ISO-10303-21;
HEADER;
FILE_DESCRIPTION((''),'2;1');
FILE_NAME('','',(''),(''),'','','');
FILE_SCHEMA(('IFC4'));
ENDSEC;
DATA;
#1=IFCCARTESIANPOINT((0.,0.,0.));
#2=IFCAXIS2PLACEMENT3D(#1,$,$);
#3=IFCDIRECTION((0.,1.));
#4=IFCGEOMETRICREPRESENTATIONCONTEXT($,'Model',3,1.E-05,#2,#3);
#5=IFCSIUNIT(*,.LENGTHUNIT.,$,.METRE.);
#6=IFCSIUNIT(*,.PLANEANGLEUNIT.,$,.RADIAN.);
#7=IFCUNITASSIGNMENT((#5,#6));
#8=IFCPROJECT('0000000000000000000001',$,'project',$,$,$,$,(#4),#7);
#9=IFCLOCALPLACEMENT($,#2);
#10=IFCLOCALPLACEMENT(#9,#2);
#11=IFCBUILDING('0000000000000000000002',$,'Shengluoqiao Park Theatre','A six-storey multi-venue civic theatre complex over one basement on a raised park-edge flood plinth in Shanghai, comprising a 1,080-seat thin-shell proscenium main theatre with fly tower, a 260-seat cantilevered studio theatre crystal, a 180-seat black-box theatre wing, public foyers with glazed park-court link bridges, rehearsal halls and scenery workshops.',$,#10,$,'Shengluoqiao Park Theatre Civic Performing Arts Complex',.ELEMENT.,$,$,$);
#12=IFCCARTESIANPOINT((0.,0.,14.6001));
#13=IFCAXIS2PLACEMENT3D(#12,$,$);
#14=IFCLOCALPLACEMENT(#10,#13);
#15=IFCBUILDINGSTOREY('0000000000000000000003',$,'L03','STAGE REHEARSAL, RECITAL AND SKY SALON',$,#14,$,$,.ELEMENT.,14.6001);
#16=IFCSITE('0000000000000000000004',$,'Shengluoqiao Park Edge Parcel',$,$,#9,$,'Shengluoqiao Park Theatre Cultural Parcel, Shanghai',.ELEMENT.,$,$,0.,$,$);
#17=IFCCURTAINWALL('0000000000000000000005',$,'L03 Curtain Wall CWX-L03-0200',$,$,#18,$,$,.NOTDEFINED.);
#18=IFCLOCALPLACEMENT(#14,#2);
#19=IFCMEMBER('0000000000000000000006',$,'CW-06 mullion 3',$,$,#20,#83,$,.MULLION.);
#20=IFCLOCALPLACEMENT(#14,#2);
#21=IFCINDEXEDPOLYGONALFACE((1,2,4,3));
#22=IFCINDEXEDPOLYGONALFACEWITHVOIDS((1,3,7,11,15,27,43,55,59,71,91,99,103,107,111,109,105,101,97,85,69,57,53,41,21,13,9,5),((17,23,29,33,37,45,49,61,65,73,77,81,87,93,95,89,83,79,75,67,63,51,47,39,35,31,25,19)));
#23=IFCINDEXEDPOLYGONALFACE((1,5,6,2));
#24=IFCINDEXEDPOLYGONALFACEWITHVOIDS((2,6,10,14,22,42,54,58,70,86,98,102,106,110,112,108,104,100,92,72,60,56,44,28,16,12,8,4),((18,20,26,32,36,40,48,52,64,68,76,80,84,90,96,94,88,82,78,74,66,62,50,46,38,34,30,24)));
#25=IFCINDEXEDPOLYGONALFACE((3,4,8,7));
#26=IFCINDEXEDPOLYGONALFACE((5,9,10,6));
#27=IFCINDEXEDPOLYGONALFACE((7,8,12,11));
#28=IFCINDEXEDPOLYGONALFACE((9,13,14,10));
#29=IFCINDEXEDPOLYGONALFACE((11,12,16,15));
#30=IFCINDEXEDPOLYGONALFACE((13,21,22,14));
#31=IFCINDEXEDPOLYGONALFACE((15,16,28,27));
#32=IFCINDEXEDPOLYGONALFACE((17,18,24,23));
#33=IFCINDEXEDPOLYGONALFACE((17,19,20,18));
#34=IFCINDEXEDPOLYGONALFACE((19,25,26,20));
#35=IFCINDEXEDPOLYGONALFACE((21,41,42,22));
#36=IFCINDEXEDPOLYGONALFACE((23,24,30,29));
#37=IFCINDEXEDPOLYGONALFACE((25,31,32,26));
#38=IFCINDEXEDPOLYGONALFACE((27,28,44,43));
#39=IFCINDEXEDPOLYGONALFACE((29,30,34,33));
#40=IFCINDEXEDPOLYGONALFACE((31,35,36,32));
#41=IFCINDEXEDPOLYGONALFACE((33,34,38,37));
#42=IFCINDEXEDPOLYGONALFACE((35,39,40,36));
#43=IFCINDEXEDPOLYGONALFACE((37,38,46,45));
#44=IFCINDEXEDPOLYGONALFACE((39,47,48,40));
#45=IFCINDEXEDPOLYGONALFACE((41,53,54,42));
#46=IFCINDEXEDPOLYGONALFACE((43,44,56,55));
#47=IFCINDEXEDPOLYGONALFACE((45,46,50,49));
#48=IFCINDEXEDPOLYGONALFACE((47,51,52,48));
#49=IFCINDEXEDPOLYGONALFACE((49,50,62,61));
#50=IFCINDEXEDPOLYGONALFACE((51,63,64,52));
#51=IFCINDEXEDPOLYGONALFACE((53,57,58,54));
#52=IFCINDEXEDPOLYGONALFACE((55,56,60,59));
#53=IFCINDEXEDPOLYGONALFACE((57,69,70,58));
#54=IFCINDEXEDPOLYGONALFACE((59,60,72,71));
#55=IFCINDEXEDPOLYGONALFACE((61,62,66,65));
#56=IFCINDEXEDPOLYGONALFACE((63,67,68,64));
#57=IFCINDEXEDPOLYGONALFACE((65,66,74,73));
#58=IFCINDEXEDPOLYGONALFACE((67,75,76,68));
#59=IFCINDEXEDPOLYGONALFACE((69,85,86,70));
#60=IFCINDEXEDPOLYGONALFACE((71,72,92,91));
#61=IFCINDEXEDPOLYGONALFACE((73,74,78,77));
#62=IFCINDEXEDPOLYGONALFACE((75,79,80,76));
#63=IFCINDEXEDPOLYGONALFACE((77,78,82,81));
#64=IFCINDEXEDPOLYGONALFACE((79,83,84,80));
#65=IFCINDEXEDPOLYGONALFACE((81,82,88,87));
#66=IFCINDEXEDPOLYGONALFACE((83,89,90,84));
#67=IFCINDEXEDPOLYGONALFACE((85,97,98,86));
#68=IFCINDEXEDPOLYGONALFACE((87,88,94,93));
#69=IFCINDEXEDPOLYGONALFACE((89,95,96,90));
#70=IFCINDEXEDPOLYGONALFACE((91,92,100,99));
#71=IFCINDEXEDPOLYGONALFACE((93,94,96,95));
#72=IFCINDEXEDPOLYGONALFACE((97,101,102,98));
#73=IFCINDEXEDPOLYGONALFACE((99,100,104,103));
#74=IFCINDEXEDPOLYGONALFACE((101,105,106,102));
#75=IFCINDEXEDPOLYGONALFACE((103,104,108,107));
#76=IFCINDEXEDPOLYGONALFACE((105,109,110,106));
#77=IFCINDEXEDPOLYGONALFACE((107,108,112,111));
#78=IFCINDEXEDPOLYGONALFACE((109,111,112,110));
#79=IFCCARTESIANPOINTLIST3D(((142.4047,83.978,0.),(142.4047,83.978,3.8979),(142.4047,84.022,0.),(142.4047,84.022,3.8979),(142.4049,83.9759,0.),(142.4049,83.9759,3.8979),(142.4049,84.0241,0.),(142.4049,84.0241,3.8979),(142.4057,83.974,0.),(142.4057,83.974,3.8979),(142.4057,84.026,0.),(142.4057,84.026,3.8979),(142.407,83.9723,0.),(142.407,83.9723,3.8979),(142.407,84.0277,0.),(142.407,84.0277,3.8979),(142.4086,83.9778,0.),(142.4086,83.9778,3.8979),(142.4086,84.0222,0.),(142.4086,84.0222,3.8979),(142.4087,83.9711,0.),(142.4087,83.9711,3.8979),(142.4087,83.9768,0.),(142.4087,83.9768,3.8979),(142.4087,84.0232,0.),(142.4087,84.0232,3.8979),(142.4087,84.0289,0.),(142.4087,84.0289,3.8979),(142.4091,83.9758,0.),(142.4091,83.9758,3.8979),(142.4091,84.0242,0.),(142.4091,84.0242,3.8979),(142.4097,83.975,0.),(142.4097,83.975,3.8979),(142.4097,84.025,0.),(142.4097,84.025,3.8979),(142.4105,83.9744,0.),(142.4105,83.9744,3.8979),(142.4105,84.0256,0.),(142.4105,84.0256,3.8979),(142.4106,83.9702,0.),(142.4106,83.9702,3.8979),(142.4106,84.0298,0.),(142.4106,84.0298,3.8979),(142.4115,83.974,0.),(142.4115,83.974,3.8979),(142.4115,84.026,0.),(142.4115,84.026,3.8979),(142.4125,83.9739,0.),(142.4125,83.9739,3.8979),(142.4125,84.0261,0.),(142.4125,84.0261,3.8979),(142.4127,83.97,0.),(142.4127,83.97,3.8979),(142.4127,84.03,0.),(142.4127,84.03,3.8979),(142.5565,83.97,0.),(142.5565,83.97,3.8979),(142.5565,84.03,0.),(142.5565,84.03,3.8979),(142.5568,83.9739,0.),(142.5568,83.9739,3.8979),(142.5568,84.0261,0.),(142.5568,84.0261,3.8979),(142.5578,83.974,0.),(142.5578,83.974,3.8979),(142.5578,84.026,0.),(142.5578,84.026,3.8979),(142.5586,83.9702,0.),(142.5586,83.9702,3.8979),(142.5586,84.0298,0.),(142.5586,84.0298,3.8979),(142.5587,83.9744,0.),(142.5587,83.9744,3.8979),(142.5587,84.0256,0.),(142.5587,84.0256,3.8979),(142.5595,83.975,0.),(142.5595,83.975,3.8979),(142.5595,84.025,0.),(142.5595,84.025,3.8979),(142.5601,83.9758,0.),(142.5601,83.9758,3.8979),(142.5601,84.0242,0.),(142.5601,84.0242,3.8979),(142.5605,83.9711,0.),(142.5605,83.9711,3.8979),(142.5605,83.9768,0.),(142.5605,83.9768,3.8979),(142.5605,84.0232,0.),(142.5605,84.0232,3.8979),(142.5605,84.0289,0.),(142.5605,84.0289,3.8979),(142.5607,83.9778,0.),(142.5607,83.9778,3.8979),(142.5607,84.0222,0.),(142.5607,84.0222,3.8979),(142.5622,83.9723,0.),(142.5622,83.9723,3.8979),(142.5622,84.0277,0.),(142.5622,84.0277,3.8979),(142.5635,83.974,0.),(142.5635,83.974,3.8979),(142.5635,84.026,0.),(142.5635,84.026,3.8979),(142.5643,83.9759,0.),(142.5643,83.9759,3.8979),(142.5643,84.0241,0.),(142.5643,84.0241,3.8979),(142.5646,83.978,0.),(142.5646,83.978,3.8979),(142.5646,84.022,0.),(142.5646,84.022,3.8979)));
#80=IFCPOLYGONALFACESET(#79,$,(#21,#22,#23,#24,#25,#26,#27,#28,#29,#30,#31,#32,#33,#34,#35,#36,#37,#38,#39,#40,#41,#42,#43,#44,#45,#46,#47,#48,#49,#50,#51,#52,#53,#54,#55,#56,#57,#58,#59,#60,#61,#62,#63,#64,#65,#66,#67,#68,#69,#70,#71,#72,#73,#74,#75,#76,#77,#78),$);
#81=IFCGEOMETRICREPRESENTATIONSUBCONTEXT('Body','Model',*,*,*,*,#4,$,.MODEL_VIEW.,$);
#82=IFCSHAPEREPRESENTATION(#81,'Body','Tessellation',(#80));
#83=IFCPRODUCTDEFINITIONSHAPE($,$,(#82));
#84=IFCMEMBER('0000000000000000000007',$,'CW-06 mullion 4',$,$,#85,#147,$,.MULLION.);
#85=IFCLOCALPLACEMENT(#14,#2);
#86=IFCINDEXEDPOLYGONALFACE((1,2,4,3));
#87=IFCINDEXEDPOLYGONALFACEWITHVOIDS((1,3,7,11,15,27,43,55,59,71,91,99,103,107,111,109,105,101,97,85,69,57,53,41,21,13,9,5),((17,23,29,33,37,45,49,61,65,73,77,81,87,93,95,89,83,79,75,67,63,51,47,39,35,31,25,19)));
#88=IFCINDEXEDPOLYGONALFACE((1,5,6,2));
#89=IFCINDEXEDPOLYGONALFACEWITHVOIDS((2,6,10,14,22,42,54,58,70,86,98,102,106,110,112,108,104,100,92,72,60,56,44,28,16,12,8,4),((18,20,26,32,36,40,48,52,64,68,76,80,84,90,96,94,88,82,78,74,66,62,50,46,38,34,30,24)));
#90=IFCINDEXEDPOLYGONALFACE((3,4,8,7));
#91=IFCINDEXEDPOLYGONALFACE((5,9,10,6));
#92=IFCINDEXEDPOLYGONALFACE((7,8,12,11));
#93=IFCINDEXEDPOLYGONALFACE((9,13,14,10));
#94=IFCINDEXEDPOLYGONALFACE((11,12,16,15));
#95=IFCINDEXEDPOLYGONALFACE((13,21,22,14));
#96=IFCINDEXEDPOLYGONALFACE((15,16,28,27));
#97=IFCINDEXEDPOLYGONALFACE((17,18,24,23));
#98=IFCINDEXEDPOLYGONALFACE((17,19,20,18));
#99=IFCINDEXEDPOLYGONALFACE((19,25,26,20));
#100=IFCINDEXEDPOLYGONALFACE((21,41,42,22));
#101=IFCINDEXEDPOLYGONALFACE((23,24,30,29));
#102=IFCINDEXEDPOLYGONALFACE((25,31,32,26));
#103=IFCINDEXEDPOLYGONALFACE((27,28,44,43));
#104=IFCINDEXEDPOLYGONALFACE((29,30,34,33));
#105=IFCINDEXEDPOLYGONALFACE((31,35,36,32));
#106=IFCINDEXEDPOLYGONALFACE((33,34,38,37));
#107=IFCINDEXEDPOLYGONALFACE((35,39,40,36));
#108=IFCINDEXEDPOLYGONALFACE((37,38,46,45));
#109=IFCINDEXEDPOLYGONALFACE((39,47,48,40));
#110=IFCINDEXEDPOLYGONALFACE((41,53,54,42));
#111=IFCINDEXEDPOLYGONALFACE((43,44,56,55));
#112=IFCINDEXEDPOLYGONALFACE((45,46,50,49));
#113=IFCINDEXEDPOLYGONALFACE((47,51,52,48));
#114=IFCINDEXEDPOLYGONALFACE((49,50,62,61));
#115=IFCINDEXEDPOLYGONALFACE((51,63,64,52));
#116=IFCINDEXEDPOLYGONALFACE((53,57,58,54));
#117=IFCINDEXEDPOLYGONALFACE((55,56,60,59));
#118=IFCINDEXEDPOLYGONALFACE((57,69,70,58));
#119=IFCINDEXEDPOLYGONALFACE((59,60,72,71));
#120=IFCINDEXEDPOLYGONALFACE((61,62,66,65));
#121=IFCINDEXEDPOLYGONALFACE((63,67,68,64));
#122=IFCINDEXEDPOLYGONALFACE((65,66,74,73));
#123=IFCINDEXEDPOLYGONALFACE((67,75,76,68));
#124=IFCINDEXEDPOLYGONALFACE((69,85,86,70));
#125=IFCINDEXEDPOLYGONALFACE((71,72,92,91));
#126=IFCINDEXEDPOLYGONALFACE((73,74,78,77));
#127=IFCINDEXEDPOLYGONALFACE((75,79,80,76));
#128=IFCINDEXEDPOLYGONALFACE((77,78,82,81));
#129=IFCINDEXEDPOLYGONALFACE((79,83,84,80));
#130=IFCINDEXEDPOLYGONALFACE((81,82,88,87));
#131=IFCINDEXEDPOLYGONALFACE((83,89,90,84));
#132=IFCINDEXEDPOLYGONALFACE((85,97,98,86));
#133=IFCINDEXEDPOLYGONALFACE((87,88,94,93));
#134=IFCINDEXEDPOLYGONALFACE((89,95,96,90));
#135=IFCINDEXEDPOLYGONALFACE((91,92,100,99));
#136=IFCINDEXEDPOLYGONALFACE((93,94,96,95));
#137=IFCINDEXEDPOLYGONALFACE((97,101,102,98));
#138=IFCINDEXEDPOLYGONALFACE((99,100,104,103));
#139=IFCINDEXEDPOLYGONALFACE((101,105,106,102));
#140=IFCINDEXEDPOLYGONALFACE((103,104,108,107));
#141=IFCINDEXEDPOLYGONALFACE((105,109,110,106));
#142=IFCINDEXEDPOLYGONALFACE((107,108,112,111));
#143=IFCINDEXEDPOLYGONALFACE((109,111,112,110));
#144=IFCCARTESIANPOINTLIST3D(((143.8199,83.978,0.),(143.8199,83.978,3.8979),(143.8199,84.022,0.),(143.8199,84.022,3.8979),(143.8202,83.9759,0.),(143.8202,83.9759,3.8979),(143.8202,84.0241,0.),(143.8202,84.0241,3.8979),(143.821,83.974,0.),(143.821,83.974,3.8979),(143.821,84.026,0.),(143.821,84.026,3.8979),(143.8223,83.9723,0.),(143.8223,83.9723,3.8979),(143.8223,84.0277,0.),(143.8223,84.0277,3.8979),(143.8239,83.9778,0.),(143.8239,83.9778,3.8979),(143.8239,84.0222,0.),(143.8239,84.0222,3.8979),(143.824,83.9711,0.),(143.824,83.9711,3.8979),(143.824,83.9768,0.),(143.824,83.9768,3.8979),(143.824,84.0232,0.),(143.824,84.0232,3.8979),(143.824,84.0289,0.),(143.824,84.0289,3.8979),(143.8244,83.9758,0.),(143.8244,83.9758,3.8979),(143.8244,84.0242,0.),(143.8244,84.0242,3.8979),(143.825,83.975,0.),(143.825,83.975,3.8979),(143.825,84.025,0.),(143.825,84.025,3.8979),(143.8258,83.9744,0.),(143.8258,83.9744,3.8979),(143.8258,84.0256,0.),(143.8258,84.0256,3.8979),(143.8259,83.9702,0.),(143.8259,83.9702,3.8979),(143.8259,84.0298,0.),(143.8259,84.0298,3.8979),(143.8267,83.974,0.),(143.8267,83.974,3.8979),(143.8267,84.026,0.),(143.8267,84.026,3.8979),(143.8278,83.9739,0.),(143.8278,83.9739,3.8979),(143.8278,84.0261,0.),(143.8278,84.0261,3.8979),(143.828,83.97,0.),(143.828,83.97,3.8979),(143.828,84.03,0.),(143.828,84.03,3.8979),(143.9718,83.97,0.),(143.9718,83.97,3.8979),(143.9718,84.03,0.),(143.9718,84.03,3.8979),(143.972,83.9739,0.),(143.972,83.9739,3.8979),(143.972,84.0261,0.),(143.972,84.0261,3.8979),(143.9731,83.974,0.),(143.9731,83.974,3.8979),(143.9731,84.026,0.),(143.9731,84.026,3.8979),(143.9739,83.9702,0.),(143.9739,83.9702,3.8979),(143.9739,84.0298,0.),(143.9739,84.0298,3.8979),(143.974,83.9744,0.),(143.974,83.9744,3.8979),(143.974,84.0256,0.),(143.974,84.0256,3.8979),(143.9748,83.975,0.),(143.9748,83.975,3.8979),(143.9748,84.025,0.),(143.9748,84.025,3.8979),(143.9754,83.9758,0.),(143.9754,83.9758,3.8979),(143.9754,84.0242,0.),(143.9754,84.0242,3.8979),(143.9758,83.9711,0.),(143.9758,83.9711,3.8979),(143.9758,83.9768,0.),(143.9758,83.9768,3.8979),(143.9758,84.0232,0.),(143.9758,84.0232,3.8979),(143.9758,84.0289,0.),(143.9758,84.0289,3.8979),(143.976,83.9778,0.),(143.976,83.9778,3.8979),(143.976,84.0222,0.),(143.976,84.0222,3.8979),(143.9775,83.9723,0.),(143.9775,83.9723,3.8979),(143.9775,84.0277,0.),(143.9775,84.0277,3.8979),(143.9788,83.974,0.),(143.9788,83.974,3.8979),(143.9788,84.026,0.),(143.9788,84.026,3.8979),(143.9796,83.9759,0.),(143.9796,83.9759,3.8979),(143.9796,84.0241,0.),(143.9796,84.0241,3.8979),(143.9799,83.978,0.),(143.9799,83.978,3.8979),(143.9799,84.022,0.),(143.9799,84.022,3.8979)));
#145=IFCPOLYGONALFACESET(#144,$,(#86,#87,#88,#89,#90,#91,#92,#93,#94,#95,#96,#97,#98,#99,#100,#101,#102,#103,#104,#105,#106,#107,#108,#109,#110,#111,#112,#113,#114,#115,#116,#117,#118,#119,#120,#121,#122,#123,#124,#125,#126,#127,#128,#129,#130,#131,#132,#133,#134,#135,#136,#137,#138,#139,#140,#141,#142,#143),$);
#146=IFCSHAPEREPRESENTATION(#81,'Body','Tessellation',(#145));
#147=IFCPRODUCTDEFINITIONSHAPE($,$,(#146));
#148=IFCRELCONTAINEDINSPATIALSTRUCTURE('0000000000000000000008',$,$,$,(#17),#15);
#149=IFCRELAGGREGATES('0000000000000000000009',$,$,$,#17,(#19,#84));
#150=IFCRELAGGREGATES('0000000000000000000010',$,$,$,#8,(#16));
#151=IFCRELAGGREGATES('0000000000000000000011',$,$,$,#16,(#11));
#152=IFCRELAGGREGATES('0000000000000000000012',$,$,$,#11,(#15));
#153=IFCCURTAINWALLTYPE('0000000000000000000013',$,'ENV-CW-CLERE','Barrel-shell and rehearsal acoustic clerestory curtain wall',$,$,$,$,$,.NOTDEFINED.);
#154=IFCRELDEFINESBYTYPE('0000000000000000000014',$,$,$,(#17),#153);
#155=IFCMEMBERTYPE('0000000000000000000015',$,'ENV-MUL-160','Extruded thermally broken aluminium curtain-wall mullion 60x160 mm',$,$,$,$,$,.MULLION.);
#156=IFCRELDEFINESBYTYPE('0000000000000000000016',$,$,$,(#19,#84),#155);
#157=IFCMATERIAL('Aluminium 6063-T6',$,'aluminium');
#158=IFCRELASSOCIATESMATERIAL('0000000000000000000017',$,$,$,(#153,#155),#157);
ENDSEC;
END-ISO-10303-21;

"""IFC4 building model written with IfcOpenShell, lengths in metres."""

from ifc_helpers import new_model, si_unit, direction, frame, origin, origin_2d, place, context, subcontext, project, spatial, hollow_rectangle, extrude, material, material_profile, profile_set, type_object, element, aggregate, save


model = new_model("IFC4")

# Units and contexts
model_context = context("Model", 3, precision=1e-05, world=origin(), true_north=direction((0.0, 1.0)))
body_context = subcontext(model_context, "Body", "Model", "MODEL_VIEW")
ifc_project = project(units=[si_unit("LENGTHUNIT", "METRE"), si_unit("PLANEANGLEUNIT", "RADIAN")], contexts=[model_context])

# Site, building, storey
site_placement = place(None, origin())
site = spatial("IfcSite", under=ifc_project, at=site_placement, Name="Shengluoqiao Park Edge Parcel", LongName="Shengluoqiao Park Theatre Cultural Parcel, Shanghai", CompositionType="ELEMENT", RefElevation=0.0)
building_placement = place(site_placement, origin())
building = spatial("IfcBuilding", under=site, at=building_placement, Name="Shengluoqiao Park Theatre", Description="A six-storey multi-venue civic theatre complex over one basement on a raised park-edge flood plinth in Shanghai, comprising a 1,080-seat thin-shell proscenium main theatre with fly tower, a 260-seat cantilevered studio theatre crystal, a 180-seat black-box theatre wing, public foyers with glazed park-court link bridges, rehearsal halls and scenery workshops.", LongName="Shengluoqiao Park Theatre Civic Performing Arts Complex", CompositionType="ELEMENT")
storey_placement = place(building_placement, frame((0.0, 0.0, 14.6001)))
storey = spatial("IfcBuildingStorey", under=building, at=storey_placement, Name="L03", Description="STAGE REHEARSAL, RECITAL AND SKY SALON", CompositionType="ELEMENT", Elevation=14.6001)

# Curtain wall, members
ifc_material_1 = material(Name="Aluminium 6063-T6", Category="aluminium")
curtain_wall_type = type_object("IfcCurtainWallType", Name="ENV-CW-CLERE", Description="Barrel-shell and rehearsal acoustic clerestory curtain wall", PredefinedType="NOTDEFINED", material=ifc_material_1)
curtain_wall_placement = place(storey_placement, origin())
curtain_wall = element("IfcCurtainWall", 1, at=curtain_wall_placement, inside=storey, type_object=curtain_wall_type, Name="L03 Curtain Wall CWX-L03-0200", PredefinedType="NOTDEFINED")
ifc_material_profile_1 = material_profile(ifc_material_1, hollow_rectangle(XDim=0.0601, YDim=0.1599, WallThickness=0.0039, InnerFilletRadius=0.0039, OuterFilletRadius=0.0081, at=origin_2d()), Name="ALU MULLION 160x60x4")
ifc_profile_set_1 = profile_set([ifc_material_profile_1], Name="Aluminium 6063-T6")
member_type_1 = type_object("IfcMemberType", Name="ENV-MUL-160", Description="Extruded thermally broken aluminium curtain-wall mullion 60x160 mm", PredefinedType="MULLION", material=ifc_profile_set_1)
member_1_placement = place(storey_placement, frame((142.4846, 84.0, 0.0), z_axis=(0.0, 0.0, 1.0), x_axis=(0.0, 1.0, 0.0)))
member_1 = element("IfcMember", 2, at=member_1_placement, type_object=member_type_1, Name="CW-06 mullion 3", PredefinedType="MULLION", context=body_context, shape_type="SweptSolid", body=[
    extrude(hollow_rectangle(XDim=0.0601, YDim=0.1599, WallThickness=0.0039, InnerFilletRadius=0.0039, OuterFilletRadius=0.0081, at=origin_2d()), origin(), (0.0, 0.0, 1.0), 3.8979),
])
member_2_placement = place(storey_placement, frame((143.8999, 84.0, 0.0), z_axis=(0.0, 0.0, 1.0), x_axis=(0.0, 1.0, 0.0)))
member_2 = element("IfcMember", 3, at=member_2_placement, type_object=member_type_1, Name="CW-06 mullion 4", PredefinedType="MULLION", context=body_context, shape_type="SweptSolid", body=[
    extrude(hollow_rectangle(XDim=0.0601, YDim=0.1599, WallThickness=0.0039, InnerFilletRadius=0.0039, OuterFilletRadius=0.0081, at=origin_2d()), origin(), (0.0, 0.0, 1.0), 3.8979),
])
aggregate(curtain_wall, [member_1, member_2])

save(model, "model.ifc")
